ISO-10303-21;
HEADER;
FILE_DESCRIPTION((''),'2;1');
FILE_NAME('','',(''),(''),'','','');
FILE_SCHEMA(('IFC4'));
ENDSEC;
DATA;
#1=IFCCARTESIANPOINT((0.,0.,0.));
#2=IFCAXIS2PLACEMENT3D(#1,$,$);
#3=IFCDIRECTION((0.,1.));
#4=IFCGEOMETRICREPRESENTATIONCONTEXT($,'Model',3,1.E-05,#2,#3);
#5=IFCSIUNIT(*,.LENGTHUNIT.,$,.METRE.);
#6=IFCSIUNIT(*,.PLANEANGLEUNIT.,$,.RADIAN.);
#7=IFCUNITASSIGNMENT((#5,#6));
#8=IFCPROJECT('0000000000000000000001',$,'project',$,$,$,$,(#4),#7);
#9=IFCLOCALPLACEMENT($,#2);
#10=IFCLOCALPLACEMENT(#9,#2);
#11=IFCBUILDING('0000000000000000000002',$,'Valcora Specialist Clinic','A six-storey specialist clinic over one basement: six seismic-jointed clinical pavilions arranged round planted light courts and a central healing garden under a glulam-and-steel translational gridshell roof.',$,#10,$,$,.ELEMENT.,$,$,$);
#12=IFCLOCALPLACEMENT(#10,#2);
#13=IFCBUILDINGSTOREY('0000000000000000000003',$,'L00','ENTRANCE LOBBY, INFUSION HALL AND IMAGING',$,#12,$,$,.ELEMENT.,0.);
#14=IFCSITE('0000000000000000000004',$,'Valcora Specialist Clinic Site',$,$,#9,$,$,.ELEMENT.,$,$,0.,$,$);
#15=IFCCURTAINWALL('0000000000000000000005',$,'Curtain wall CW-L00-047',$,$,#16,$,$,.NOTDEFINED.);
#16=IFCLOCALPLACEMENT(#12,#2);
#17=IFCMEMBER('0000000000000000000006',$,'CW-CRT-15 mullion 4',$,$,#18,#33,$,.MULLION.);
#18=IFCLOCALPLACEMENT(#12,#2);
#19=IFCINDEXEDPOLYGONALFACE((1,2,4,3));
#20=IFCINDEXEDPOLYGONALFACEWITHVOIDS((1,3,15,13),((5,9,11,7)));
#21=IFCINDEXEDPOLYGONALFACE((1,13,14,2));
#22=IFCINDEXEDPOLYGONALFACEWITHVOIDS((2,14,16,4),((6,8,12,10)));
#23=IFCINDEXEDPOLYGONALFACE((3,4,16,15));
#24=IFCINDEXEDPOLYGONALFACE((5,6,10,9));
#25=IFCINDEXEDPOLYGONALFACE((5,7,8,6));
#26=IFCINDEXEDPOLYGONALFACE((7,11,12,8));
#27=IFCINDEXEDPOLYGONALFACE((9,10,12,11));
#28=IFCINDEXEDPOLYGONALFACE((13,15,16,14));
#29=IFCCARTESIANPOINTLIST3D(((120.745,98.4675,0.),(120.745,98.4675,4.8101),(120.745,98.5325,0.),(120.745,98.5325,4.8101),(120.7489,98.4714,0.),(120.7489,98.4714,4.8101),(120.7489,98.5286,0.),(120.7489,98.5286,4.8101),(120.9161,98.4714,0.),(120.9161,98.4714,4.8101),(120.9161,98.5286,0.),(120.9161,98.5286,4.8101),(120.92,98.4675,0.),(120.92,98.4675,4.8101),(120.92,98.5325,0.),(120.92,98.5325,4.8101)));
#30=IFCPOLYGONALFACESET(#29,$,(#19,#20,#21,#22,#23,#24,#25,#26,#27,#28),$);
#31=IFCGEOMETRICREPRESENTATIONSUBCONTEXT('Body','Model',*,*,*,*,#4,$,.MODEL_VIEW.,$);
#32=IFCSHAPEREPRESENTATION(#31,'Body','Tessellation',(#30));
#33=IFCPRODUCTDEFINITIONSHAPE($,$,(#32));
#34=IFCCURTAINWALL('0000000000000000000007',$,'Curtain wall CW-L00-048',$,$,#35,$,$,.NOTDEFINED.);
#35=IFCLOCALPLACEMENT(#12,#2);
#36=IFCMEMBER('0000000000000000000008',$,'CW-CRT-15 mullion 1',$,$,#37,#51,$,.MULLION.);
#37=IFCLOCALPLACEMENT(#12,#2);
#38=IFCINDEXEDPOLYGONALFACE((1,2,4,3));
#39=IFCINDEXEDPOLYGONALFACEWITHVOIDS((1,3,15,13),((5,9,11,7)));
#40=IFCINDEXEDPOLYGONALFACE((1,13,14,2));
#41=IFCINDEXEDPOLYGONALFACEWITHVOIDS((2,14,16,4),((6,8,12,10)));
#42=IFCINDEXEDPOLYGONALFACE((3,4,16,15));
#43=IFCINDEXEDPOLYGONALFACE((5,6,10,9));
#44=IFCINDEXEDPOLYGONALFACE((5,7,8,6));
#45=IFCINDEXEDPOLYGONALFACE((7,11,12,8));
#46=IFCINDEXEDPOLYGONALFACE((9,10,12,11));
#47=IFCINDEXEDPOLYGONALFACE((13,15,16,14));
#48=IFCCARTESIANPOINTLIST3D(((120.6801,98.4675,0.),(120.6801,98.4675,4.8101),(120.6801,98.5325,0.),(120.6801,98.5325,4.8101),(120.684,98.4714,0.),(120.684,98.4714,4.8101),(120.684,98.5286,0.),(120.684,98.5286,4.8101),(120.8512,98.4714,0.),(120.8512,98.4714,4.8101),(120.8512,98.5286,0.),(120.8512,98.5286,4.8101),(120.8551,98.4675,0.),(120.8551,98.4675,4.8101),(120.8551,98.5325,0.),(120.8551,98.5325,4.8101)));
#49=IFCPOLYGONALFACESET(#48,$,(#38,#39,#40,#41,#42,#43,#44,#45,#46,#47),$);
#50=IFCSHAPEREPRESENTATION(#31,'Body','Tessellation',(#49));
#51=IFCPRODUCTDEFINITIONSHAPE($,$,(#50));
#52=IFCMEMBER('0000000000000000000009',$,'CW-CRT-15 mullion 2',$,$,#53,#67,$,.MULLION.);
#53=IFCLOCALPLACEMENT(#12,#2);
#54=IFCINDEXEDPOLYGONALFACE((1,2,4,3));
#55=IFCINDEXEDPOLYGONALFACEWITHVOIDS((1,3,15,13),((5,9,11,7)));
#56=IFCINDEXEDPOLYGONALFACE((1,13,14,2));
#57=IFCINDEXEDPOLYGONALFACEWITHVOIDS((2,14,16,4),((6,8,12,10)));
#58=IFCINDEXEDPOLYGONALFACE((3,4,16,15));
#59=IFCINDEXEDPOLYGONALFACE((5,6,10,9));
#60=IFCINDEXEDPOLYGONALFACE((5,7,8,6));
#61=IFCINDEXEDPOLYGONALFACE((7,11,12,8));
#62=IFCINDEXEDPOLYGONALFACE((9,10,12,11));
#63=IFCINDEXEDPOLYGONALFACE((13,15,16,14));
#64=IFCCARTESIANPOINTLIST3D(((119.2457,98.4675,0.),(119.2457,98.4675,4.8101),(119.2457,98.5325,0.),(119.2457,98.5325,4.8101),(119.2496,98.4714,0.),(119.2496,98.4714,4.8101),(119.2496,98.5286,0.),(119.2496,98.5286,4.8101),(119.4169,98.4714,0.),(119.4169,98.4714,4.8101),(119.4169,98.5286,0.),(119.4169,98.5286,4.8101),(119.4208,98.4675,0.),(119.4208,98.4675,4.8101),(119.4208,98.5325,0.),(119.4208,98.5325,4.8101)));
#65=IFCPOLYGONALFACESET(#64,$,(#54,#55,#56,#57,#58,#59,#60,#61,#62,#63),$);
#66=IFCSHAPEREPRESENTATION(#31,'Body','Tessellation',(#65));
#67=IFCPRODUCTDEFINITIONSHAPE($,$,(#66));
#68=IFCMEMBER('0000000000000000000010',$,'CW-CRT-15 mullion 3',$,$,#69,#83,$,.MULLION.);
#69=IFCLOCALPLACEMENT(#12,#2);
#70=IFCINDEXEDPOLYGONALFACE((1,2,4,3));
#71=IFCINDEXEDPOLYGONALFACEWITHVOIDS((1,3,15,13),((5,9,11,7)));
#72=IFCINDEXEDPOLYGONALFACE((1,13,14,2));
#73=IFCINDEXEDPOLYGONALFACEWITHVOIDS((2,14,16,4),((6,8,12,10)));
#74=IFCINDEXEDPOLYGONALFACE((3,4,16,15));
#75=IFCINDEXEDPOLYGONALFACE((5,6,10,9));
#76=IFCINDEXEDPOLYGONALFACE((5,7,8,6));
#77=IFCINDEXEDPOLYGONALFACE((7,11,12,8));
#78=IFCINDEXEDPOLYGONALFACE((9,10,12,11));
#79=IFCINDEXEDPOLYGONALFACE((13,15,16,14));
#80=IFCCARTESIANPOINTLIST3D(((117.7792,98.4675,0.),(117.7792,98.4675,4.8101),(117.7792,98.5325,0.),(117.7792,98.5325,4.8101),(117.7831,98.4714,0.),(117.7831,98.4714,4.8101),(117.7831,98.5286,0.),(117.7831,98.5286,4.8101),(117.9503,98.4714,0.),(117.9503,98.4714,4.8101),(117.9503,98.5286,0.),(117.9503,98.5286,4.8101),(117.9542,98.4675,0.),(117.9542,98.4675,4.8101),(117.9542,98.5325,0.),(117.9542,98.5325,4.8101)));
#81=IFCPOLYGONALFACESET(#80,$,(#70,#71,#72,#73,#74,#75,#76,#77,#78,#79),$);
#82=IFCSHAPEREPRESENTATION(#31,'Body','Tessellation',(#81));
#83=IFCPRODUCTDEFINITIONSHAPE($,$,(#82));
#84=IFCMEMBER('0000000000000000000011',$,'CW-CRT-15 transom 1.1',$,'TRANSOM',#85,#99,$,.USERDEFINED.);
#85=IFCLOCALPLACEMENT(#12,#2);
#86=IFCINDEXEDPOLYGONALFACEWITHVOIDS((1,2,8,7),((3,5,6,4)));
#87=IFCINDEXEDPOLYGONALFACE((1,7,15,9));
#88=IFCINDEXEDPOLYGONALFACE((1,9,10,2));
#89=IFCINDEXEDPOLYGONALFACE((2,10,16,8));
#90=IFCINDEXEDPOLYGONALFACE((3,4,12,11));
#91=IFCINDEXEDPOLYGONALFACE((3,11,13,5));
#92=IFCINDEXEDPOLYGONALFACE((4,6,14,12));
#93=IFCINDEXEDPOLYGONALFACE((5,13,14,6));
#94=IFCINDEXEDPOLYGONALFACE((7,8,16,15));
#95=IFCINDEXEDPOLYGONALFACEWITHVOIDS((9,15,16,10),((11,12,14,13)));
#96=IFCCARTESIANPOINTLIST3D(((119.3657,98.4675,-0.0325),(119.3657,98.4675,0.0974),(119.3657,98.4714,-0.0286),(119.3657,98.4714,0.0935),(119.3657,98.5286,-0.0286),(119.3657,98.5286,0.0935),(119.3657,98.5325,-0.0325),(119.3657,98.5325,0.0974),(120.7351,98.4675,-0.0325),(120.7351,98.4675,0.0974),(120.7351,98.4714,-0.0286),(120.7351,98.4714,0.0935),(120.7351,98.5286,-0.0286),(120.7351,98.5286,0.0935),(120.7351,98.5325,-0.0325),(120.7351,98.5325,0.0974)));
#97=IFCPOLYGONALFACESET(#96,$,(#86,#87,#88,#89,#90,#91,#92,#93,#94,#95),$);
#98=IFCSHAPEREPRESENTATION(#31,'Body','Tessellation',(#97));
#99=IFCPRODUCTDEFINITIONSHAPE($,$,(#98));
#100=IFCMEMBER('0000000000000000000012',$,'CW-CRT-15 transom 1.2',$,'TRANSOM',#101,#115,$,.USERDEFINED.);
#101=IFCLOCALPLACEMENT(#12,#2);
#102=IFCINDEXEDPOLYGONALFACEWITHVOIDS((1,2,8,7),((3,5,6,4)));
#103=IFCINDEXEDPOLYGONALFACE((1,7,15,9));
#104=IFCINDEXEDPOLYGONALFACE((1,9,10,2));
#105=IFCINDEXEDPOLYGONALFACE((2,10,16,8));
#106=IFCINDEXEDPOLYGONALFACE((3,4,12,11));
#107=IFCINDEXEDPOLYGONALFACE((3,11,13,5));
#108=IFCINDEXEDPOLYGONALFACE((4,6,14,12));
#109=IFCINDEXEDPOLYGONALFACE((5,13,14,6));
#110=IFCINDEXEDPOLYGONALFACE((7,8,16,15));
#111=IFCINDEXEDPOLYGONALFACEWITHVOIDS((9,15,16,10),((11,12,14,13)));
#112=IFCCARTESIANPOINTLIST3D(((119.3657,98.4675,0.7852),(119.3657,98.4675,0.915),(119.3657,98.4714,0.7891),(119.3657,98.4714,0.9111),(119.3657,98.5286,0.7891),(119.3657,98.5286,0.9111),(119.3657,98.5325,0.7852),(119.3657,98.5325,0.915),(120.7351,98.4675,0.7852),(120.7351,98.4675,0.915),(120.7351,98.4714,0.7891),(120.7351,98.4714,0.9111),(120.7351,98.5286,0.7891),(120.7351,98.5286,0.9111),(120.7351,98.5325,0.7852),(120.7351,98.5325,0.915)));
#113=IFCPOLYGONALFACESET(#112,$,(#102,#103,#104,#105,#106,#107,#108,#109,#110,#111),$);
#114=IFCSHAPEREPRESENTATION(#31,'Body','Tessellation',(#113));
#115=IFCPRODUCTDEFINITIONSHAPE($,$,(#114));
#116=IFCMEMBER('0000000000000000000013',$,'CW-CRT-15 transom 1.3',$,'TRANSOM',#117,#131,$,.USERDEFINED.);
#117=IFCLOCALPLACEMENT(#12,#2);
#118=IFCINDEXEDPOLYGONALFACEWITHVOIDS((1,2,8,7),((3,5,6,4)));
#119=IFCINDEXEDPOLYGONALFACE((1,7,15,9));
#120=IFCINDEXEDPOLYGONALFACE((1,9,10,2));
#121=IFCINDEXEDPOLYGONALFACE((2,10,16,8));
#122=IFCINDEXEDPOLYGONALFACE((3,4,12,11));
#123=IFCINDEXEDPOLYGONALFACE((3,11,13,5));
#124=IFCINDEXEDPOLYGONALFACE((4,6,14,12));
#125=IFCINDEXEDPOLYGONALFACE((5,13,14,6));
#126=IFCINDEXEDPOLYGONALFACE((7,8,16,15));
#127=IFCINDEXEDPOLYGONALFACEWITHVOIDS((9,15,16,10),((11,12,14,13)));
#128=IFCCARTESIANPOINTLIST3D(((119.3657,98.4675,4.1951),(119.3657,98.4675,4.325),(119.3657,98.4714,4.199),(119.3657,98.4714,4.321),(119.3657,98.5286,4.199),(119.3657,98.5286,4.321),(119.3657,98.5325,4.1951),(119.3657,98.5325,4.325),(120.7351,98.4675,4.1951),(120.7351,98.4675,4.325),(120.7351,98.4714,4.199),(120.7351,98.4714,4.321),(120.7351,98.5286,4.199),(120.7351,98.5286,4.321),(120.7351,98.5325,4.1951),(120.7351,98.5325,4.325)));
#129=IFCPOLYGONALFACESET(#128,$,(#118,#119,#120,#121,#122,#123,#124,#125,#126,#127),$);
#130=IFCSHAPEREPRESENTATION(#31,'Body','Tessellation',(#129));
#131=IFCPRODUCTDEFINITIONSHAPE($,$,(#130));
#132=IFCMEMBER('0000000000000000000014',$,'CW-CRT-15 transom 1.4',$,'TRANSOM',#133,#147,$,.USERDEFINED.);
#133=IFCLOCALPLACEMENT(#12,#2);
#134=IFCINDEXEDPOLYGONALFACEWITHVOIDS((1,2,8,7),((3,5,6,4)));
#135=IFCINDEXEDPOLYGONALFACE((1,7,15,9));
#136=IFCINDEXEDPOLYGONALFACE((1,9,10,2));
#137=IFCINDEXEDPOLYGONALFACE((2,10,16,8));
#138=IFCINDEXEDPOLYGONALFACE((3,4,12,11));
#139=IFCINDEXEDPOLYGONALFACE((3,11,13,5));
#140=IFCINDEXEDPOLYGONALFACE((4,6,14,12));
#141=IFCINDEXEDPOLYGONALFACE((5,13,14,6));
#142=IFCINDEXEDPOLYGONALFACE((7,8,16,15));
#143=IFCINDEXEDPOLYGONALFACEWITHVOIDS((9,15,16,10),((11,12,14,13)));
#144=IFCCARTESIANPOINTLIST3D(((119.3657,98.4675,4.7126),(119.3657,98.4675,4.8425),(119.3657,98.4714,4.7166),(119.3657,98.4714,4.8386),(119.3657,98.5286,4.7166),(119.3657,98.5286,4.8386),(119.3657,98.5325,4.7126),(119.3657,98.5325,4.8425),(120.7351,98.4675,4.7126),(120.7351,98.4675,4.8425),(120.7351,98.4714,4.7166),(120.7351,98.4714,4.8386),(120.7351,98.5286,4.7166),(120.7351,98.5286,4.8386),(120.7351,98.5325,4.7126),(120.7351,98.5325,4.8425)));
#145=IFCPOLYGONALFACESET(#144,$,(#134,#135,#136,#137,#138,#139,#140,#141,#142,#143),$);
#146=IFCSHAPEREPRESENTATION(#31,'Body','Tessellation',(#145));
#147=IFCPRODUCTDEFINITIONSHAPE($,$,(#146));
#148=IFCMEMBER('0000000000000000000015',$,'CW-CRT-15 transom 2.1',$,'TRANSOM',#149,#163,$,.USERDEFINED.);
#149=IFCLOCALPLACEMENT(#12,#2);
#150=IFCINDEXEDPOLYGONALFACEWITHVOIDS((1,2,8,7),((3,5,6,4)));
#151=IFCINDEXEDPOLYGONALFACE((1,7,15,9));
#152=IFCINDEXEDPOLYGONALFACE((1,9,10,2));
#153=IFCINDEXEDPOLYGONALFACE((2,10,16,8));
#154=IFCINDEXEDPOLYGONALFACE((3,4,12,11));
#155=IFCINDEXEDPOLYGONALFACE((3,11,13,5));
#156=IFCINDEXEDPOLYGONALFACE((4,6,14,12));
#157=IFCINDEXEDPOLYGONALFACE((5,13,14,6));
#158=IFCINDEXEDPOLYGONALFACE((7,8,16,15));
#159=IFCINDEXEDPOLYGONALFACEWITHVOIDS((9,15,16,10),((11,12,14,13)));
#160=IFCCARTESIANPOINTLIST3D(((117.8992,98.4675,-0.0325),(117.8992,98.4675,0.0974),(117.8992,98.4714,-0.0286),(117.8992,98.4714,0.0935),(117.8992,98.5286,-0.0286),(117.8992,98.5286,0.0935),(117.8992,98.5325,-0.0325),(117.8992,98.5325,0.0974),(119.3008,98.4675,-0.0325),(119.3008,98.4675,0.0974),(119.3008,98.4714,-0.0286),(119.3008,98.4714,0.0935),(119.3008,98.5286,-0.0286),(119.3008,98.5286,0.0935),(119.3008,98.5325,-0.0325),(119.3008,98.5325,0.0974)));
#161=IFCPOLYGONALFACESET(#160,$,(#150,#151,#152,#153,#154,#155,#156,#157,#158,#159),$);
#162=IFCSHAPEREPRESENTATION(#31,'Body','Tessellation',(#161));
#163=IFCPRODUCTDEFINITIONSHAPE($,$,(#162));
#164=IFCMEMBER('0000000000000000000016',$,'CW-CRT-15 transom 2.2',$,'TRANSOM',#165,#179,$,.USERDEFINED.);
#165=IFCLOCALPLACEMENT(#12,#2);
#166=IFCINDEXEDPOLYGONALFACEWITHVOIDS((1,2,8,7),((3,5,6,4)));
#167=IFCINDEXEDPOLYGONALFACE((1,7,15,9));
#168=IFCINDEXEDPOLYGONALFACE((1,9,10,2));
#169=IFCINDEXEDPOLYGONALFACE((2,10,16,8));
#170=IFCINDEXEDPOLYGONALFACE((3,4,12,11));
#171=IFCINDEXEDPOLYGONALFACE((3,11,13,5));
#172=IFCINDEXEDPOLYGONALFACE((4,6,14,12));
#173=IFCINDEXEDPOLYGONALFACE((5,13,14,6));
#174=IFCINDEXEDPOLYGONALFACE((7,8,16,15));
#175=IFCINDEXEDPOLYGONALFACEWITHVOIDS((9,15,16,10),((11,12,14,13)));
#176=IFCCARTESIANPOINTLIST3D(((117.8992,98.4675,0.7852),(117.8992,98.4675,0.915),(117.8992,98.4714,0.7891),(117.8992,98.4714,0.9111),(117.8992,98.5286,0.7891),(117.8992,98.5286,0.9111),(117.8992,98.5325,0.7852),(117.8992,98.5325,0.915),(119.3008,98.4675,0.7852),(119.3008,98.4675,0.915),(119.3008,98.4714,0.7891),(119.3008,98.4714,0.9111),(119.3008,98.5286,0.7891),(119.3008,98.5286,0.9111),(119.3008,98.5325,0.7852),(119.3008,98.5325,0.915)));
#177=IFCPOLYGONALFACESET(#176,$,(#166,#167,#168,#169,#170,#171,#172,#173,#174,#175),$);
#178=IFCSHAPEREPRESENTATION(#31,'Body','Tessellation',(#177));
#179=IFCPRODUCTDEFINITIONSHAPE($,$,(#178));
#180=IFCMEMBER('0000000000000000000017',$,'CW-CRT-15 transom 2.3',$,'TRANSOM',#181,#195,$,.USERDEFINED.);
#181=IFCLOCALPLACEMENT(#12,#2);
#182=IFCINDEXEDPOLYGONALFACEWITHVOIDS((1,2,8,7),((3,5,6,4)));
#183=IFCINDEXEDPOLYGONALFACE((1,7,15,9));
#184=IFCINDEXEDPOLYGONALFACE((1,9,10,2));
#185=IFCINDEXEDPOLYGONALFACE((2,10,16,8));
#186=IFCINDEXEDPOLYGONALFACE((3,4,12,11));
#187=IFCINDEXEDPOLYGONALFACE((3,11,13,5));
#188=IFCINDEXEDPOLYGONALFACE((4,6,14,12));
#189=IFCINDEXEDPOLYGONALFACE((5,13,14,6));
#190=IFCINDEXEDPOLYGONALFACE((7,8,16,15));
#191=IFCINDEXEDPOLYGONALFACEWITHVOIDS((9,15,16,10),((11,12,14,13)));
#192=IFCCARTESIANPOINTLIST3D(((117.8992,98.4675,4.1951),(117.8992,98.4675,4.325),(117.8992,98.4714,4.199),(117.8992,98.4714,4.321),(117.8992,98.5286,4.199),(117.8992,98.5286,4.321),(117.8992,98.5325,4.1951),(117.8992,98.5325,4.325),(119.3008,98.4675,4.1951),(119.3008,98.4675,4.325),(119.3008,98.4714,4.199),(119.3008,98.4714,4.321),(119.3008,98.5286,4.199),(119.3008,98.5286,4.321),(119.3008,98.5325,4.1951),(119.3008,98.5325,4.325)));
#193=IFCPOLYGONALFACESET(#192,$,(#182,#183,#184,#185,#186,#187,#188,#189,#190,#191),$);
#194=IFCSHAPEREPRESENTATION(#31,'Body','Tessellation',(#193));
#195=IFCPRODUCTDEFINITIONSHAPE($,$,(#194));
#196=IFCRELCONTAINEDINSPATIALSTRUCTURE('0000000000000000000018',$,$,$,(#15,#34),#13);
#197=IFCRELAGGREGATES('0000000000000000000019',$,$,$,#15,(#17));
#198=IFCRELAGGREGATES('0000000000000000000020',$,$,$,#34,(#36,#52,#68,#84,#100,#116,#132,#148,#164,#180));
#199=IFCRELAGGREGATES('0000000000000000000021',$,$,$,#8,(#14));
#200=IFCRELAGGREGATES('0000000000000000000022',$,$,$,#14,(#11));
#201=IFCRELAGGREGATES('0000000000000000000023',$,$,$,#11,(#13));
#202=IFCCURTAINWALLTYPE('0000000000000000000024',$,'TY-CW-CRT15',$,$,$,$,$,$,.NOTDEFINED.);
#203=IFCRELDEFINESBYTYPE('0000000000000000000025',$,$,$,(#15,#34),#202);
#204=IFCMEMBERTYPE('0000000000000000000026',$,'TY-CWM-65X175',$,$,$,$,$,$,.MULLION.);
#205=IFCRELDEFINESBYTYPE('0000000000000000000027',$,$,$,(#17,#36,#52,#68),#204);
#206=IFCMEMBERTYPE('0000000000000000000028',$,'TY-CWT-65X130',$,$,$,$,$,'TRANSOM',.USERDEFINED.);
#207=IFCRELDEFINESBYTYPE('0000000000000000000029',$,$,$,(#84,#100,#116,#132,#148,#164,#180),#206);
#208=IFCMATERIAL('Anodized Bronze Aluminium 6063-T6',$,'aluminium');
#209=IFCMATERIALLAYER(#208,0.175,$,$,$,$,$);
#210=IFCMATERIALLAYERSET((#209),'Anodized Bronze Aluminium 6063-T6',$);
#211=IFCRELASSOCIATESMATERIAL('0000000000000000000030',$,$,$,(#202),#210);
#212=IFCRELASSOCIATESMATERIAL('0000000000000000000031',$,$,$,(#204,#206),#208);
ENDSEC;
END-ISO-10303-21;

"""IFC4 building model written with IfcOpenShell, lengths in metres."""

from ifc_helpers import new_model, si_unit, direction, frame, origin, origin_2d, place, context, subcontext, project, spatial, hollow_rectangle, extrude, material, layer, layer_set, material_profile, profile_set, type_object, element, aggregate, save


model = new_model("IFC4")

# Units and contexts
model_context = context("Model", 3, precision=1e-05, world=origin(), true_north=direction((0.0, 1.0)))
body_context = subcontext(model_context, "Body", "Model", "MODEL_VIEW")
ifc_project = project(units=[si_unit("LENGTHUNIT", "METRE"), si_unit("PLANEANGLEUNIT", "RADIAN")], contexts=[model_context])

# Site, building, storey
site_placement = place(None, origin())
site = spatial("IfcSite", under=ifc_project, at=site_placement, Name="Valcora Specialist Clinic Site", CompositionType="ELEMENT", RefElevation=0.0)
building_placement = place(site_placement, origin())
building = spatial("IfcBuilding", under=site, at=building_placement, Name="Valcora Specialist Clinic", Description="A six-storey specialist clinic over one basement: six seismic-jointed clinical pavilions arranged round planted light courts and a central healing garden under a glulam-and-steel translational gridshell roof.", CompositionType="ELEMENT")
storey_placement = place(building_placement, origin())
storey = spatial("IfcBuildingStorey", under=building, at=storey_placement, Name="L00", Description="ENTRANCE LOBBY, INFUSION HALL AND IMAGING", CompositionType="ELEMENT", Elevation=0.0)

# Curtain wall, member
ifc_material_1 = material(Name="Anodized Bronze Aluminium 6063-T6", Category="aluminium")
ifc_layer_1 = layer(ifc_material_1, 0.175)
ifc_layer_set_1 = layer_set([ifc_layer_1], Name="Anodized Bronze Aluminium 6063-T6")
curtain_wall_type = type_object("IfcCurtainWallType", Name="TY-CW-CRT15", PredefinedType="NOTDEFINED", material=ifc_layer_set_1)
curtain_wall_1_placement = place(storey_placement, origin())
curtain_wall_1 = element("IfcCurtainWall", 1, at=curtain_wall_1_placement, inside=storey, type_object=curtain_wall_type, Name="Curtain wall CW-L00-047", PredefinedType="NOTDEFINED")
ifc_material_profile_1 = material_profile(ifc_material_1, hollow_rectangle(XDim=0.0649, YDim=0.175, WallThickness=0.0039, at=origin_2d()), Name="AL-MUL-65X175")
ifc_profile_set_1 = profile_set([ifc_material_profile_1], Name="Anodized Bronze Aluminium 6063-T6")
member_type_1 = type_object("IfcMemberType", Name="TY-CWM-65X175", PredefinedType="MULLION", material=ifc_profile_set_1)
member_1_placement = place(storey_placement, frame((120.8325, 98.5, 0.0), z_axis=(0.0, 0.0, 1.0), x_axis=(0.0, -1.0, 0.0)))
member_1 = element("IfcMember", 2, at=member_1_placement, type_object=member_type_1, Name="CW-CRT-15 mullion 4", PredefinedType="MULLION", context=body_context, shape_type="SweptSolid", body=[
    extrude(hollow_rectangle(XDim=0.0649, YDim=0.175, WallThickness=0.0039, at=origin_2d()), origin(), (0.0, 0.0, 1.0), 4.8101),
])

# Curtain wall, members
curtain_wall_2_placement = place(storey_placement, origin())
curtain_wall_2 = element("IfcCurtainWall", 3, at=curtain_wall_2_placement, inside=storey, type_object=curtain_wall_type, Name="Curtain wall CW-L00-048", PredefinedType="NOTDEFINED")
member_2_placement = place(storey_placement, frame((120.7676, 98.5, 0.0), z_axis=(0.0, 0.0, 1.0), x_axis=(0.0, -1.0, 0.0)))
member_2 = element("IfcMember", 4, at=member_2_placement, type_object=member_type_1, Name="CW-CRT-15 mullion 1", PredefinedType="MULLION", context=body_context, shape_type="SweptSolid", body=[
    extrude(hollow_rectangle(XDim=0.0649, YDim=0.175, WallThickness=0.0039, at=origin_2d()), origin(), (0.0, 0.0, 1.0), 4.8101),
])
member_3_placement = place(storey_placement, frame((119.3333, 98.5, 0.0), z_axis=(0.0, 0.0, 1.0), x_axis=(0.0, -1.0, 0.0)))
member_3 = element("IfcMember", 5, at=member_3_placement, type_object=member_type_1, Name="CW-CRT-15 mullion 2", PredefinedType="MULLION", context=body_context, shape_type="SweptSolid", body=[
    extrude(hollow_rectangle(XDim=0.0649, YDim=0.175, WallThickness=0.0039, at=origin_2d()), origin(), (0.0, 0.0, 1.0), 4.8101),
])
member_4_placement = place(storey_placement, frame((117.8667, 98.5, 0.0), z_axis=(0.0, 0.0, 1.0), x_axis=(0.0, -1.0, 0.0)))
member_4 = element("IfcMember", 6, at=member_4_placement, type_object=member_type_1, Name="CW-CRT-15 mullion 3", PredefinedType="MULLION", context=body_context, shape_type="SweptSolid", body=[
    extrude(hollow_rectangle(XDim=0.0649, YDim=0.175, WallThickness=0.0039, at=origin_2d()), origin(), (0.0, 0.0, 1.0), 4.8101),
])
ifc_material_profile_2 = material_profile(ifc_material_1, hollow_rectangle(XDim=0.0649, YDim=0.1299, WallThickness=0.0039, at=origin_2d()), Name="AL-TRN-65X130")
ifc_profile_set_2 = profile_set([ifc_material_profile_2], Name="Anodized Bronze Aluminium 6063-T6")
member_type_2 = type_object("IfcMemberType", Name="TY-CWT-65X130", ElementType="TRANSOM", PredefinedType="USERDEFINED", material=ifc_profile_set_2)
member_5_placement = place(storey_placement, frame((120.7351, 98.5, 0.0325), z_axis=(-1.0, 0.0, 0.0), x_axis=(0.0, -1.0, 0.0)))
member_5 = element("IfcMember", 7, at=member_5_placement, type_object=member_type_2, Name="CW-CRT-15 transom 1.1", ObjectType="TRANSOM", PredefinedType="USERDEFINED", context=body_context, shape_type="SweptSolid", body=[
    extrude(hollow_rectangle(XDim=0.0649, YDim=0.1299, WallThickness=0.0039, at=origin_2d()), origin(), (0.0, 0.0, 1.0), 1.3694),
])
member_6_placement = place(storey_placement, frame((120.7351, 98.5, 0.8501), z_axis=(-1.0, 0.0, 0.0), x_axis=(0.0, -1.0, 0.0)))
member_6 = element("IfcMember", 8, at=member_6_placement, type_object=member_type_2, Name="CW-CRT-15 transom 1.2", ObjectType="TRANSOM", PredefinedType="USERDEFINED", context=body_context, shape_type="SweptSolid", body=[
    extrude(hollow_rectangle(XDim=0.0649, YDim=0.1299, WallThickness=0.0039, at=origin_2d()), origin(), (0.0, 0.0, 1.0), 1.3694),
])
member_7_placement = place(storey_placement, frame((120.7351, 98.5, 4.26), z_axis=(-1.0, 0.0, 0.0), x_axis=(0.0, -1.0, 0.0)))
member_7 = element("IfcMember", 9, at=member_7_placement, type_object=member_type_2, Name="CW-CRT-15 transom 1.3", ObjectType="TRANSOM", PredefinedType="USERDEFINED", context=body_context, shape_type="SweptSolid", body=[
    extrude(hollow_rectangle(XDim=0.0649, YDim=0.1299, WallThickness=0.0039, at=origin_2d()), origin(), (0.0, 0.0, 1.0), 1.3694),
])
member_8_placement = place(storey_placement, frame((120.7351, 98.5, 4.7776), z_axis=(-1.0, 0.0, 0.0), x_axis=(0.0, -1.0, 0.0)))
member_8 = element("IfcMember", 10, at=member_8_placement, type_object=member_type_2, Name="CW-CRT-15 transom 1.4", ObjectType="TRANSOM", PredefinedType="USERDEFINED", context=body_context, shape_type="SweptSolid", body=[
    extrude(hollow_rectangle(XDim=0.0649, YDim=0.1299, WallThickness=0.0039, at=origin_2d()), origin(), (0.0, 0.0, 1.0), 1.3694),
])
member_9_placement = place(storey_placement, frame((119.3008, 98.5, 0.0325), z_axis=(-1.0, 0.0, 0.0), x_axis=(0.0, -1.0, 0.0)))
member_9 = element("IfcMember", 11, at=member_9_placement, type_object=member_type_2, Name="CW-CRT-15 transom 2.1", ObjectType="TRANSOM", PredefinedType="USERDEFINED", context=body_context, shape_type="SweptSolid", body=[
    extrude(hollow_rectangle(XDim=0.0649, YDim=0.1299, WallThickness=0.0039, at=origin_2d()), origin(), (0.0, 0.0, 1.0), 1.4016),
])
member_10_placement = place(storey_placement, frame((119.3008, 98.5, 0.8501), z_axis=(-1.0, 0.0, 0.0), x_axis=(0.0, -1.0, 0.0)))
member_10 = element("IfcMember", 12, at=member_10_placement, type_object=member_type_2, Name="CW-CRT-15 transom 2.2", ObjectType="TRANSOM", PredefinedType="USERDEFINED", context=body_context, shape_type="SweptSolid", body=[
    extrude(hollow_rectangle(XDim=0.0649, YDim=0.1299, WallThickness=0.0039, at=origin_2d()), origin(), (0.0, 0.0, 1.0), 1.4016),
])
member_11_placement = place(storey_placement, frame((119.3008, 98.5, 4.26), z_axis=(-1.0, 0.0, 0.0), x_axis=(0.0, -1.0, 0.0)))
member_11 = element("IfcMember", 13, at=member_11_placement, type_object=member_type_2, Name="CW-CRT-15 transom 2.3", ObjectType="TRANSOM", PredefinedType="USERDEFINED", context=body_context, shape_type="SweptSolid", body=[
    extrude(hollow_rectangle(XDim=0.0649, YDim=0.1299, WallThickness=0.0039, at=origin_2d()), origin(), (0.0, 0.0, 1.0), 1.4016),
])

aggregate(curtain_wall_1, [member_1])
aggregate(curtain_wall_2, [member_2, member_3, member_4, member_5, member_6, member_7, member_8, member_9, member_10, member_11])

save(model, "model.ifc")
